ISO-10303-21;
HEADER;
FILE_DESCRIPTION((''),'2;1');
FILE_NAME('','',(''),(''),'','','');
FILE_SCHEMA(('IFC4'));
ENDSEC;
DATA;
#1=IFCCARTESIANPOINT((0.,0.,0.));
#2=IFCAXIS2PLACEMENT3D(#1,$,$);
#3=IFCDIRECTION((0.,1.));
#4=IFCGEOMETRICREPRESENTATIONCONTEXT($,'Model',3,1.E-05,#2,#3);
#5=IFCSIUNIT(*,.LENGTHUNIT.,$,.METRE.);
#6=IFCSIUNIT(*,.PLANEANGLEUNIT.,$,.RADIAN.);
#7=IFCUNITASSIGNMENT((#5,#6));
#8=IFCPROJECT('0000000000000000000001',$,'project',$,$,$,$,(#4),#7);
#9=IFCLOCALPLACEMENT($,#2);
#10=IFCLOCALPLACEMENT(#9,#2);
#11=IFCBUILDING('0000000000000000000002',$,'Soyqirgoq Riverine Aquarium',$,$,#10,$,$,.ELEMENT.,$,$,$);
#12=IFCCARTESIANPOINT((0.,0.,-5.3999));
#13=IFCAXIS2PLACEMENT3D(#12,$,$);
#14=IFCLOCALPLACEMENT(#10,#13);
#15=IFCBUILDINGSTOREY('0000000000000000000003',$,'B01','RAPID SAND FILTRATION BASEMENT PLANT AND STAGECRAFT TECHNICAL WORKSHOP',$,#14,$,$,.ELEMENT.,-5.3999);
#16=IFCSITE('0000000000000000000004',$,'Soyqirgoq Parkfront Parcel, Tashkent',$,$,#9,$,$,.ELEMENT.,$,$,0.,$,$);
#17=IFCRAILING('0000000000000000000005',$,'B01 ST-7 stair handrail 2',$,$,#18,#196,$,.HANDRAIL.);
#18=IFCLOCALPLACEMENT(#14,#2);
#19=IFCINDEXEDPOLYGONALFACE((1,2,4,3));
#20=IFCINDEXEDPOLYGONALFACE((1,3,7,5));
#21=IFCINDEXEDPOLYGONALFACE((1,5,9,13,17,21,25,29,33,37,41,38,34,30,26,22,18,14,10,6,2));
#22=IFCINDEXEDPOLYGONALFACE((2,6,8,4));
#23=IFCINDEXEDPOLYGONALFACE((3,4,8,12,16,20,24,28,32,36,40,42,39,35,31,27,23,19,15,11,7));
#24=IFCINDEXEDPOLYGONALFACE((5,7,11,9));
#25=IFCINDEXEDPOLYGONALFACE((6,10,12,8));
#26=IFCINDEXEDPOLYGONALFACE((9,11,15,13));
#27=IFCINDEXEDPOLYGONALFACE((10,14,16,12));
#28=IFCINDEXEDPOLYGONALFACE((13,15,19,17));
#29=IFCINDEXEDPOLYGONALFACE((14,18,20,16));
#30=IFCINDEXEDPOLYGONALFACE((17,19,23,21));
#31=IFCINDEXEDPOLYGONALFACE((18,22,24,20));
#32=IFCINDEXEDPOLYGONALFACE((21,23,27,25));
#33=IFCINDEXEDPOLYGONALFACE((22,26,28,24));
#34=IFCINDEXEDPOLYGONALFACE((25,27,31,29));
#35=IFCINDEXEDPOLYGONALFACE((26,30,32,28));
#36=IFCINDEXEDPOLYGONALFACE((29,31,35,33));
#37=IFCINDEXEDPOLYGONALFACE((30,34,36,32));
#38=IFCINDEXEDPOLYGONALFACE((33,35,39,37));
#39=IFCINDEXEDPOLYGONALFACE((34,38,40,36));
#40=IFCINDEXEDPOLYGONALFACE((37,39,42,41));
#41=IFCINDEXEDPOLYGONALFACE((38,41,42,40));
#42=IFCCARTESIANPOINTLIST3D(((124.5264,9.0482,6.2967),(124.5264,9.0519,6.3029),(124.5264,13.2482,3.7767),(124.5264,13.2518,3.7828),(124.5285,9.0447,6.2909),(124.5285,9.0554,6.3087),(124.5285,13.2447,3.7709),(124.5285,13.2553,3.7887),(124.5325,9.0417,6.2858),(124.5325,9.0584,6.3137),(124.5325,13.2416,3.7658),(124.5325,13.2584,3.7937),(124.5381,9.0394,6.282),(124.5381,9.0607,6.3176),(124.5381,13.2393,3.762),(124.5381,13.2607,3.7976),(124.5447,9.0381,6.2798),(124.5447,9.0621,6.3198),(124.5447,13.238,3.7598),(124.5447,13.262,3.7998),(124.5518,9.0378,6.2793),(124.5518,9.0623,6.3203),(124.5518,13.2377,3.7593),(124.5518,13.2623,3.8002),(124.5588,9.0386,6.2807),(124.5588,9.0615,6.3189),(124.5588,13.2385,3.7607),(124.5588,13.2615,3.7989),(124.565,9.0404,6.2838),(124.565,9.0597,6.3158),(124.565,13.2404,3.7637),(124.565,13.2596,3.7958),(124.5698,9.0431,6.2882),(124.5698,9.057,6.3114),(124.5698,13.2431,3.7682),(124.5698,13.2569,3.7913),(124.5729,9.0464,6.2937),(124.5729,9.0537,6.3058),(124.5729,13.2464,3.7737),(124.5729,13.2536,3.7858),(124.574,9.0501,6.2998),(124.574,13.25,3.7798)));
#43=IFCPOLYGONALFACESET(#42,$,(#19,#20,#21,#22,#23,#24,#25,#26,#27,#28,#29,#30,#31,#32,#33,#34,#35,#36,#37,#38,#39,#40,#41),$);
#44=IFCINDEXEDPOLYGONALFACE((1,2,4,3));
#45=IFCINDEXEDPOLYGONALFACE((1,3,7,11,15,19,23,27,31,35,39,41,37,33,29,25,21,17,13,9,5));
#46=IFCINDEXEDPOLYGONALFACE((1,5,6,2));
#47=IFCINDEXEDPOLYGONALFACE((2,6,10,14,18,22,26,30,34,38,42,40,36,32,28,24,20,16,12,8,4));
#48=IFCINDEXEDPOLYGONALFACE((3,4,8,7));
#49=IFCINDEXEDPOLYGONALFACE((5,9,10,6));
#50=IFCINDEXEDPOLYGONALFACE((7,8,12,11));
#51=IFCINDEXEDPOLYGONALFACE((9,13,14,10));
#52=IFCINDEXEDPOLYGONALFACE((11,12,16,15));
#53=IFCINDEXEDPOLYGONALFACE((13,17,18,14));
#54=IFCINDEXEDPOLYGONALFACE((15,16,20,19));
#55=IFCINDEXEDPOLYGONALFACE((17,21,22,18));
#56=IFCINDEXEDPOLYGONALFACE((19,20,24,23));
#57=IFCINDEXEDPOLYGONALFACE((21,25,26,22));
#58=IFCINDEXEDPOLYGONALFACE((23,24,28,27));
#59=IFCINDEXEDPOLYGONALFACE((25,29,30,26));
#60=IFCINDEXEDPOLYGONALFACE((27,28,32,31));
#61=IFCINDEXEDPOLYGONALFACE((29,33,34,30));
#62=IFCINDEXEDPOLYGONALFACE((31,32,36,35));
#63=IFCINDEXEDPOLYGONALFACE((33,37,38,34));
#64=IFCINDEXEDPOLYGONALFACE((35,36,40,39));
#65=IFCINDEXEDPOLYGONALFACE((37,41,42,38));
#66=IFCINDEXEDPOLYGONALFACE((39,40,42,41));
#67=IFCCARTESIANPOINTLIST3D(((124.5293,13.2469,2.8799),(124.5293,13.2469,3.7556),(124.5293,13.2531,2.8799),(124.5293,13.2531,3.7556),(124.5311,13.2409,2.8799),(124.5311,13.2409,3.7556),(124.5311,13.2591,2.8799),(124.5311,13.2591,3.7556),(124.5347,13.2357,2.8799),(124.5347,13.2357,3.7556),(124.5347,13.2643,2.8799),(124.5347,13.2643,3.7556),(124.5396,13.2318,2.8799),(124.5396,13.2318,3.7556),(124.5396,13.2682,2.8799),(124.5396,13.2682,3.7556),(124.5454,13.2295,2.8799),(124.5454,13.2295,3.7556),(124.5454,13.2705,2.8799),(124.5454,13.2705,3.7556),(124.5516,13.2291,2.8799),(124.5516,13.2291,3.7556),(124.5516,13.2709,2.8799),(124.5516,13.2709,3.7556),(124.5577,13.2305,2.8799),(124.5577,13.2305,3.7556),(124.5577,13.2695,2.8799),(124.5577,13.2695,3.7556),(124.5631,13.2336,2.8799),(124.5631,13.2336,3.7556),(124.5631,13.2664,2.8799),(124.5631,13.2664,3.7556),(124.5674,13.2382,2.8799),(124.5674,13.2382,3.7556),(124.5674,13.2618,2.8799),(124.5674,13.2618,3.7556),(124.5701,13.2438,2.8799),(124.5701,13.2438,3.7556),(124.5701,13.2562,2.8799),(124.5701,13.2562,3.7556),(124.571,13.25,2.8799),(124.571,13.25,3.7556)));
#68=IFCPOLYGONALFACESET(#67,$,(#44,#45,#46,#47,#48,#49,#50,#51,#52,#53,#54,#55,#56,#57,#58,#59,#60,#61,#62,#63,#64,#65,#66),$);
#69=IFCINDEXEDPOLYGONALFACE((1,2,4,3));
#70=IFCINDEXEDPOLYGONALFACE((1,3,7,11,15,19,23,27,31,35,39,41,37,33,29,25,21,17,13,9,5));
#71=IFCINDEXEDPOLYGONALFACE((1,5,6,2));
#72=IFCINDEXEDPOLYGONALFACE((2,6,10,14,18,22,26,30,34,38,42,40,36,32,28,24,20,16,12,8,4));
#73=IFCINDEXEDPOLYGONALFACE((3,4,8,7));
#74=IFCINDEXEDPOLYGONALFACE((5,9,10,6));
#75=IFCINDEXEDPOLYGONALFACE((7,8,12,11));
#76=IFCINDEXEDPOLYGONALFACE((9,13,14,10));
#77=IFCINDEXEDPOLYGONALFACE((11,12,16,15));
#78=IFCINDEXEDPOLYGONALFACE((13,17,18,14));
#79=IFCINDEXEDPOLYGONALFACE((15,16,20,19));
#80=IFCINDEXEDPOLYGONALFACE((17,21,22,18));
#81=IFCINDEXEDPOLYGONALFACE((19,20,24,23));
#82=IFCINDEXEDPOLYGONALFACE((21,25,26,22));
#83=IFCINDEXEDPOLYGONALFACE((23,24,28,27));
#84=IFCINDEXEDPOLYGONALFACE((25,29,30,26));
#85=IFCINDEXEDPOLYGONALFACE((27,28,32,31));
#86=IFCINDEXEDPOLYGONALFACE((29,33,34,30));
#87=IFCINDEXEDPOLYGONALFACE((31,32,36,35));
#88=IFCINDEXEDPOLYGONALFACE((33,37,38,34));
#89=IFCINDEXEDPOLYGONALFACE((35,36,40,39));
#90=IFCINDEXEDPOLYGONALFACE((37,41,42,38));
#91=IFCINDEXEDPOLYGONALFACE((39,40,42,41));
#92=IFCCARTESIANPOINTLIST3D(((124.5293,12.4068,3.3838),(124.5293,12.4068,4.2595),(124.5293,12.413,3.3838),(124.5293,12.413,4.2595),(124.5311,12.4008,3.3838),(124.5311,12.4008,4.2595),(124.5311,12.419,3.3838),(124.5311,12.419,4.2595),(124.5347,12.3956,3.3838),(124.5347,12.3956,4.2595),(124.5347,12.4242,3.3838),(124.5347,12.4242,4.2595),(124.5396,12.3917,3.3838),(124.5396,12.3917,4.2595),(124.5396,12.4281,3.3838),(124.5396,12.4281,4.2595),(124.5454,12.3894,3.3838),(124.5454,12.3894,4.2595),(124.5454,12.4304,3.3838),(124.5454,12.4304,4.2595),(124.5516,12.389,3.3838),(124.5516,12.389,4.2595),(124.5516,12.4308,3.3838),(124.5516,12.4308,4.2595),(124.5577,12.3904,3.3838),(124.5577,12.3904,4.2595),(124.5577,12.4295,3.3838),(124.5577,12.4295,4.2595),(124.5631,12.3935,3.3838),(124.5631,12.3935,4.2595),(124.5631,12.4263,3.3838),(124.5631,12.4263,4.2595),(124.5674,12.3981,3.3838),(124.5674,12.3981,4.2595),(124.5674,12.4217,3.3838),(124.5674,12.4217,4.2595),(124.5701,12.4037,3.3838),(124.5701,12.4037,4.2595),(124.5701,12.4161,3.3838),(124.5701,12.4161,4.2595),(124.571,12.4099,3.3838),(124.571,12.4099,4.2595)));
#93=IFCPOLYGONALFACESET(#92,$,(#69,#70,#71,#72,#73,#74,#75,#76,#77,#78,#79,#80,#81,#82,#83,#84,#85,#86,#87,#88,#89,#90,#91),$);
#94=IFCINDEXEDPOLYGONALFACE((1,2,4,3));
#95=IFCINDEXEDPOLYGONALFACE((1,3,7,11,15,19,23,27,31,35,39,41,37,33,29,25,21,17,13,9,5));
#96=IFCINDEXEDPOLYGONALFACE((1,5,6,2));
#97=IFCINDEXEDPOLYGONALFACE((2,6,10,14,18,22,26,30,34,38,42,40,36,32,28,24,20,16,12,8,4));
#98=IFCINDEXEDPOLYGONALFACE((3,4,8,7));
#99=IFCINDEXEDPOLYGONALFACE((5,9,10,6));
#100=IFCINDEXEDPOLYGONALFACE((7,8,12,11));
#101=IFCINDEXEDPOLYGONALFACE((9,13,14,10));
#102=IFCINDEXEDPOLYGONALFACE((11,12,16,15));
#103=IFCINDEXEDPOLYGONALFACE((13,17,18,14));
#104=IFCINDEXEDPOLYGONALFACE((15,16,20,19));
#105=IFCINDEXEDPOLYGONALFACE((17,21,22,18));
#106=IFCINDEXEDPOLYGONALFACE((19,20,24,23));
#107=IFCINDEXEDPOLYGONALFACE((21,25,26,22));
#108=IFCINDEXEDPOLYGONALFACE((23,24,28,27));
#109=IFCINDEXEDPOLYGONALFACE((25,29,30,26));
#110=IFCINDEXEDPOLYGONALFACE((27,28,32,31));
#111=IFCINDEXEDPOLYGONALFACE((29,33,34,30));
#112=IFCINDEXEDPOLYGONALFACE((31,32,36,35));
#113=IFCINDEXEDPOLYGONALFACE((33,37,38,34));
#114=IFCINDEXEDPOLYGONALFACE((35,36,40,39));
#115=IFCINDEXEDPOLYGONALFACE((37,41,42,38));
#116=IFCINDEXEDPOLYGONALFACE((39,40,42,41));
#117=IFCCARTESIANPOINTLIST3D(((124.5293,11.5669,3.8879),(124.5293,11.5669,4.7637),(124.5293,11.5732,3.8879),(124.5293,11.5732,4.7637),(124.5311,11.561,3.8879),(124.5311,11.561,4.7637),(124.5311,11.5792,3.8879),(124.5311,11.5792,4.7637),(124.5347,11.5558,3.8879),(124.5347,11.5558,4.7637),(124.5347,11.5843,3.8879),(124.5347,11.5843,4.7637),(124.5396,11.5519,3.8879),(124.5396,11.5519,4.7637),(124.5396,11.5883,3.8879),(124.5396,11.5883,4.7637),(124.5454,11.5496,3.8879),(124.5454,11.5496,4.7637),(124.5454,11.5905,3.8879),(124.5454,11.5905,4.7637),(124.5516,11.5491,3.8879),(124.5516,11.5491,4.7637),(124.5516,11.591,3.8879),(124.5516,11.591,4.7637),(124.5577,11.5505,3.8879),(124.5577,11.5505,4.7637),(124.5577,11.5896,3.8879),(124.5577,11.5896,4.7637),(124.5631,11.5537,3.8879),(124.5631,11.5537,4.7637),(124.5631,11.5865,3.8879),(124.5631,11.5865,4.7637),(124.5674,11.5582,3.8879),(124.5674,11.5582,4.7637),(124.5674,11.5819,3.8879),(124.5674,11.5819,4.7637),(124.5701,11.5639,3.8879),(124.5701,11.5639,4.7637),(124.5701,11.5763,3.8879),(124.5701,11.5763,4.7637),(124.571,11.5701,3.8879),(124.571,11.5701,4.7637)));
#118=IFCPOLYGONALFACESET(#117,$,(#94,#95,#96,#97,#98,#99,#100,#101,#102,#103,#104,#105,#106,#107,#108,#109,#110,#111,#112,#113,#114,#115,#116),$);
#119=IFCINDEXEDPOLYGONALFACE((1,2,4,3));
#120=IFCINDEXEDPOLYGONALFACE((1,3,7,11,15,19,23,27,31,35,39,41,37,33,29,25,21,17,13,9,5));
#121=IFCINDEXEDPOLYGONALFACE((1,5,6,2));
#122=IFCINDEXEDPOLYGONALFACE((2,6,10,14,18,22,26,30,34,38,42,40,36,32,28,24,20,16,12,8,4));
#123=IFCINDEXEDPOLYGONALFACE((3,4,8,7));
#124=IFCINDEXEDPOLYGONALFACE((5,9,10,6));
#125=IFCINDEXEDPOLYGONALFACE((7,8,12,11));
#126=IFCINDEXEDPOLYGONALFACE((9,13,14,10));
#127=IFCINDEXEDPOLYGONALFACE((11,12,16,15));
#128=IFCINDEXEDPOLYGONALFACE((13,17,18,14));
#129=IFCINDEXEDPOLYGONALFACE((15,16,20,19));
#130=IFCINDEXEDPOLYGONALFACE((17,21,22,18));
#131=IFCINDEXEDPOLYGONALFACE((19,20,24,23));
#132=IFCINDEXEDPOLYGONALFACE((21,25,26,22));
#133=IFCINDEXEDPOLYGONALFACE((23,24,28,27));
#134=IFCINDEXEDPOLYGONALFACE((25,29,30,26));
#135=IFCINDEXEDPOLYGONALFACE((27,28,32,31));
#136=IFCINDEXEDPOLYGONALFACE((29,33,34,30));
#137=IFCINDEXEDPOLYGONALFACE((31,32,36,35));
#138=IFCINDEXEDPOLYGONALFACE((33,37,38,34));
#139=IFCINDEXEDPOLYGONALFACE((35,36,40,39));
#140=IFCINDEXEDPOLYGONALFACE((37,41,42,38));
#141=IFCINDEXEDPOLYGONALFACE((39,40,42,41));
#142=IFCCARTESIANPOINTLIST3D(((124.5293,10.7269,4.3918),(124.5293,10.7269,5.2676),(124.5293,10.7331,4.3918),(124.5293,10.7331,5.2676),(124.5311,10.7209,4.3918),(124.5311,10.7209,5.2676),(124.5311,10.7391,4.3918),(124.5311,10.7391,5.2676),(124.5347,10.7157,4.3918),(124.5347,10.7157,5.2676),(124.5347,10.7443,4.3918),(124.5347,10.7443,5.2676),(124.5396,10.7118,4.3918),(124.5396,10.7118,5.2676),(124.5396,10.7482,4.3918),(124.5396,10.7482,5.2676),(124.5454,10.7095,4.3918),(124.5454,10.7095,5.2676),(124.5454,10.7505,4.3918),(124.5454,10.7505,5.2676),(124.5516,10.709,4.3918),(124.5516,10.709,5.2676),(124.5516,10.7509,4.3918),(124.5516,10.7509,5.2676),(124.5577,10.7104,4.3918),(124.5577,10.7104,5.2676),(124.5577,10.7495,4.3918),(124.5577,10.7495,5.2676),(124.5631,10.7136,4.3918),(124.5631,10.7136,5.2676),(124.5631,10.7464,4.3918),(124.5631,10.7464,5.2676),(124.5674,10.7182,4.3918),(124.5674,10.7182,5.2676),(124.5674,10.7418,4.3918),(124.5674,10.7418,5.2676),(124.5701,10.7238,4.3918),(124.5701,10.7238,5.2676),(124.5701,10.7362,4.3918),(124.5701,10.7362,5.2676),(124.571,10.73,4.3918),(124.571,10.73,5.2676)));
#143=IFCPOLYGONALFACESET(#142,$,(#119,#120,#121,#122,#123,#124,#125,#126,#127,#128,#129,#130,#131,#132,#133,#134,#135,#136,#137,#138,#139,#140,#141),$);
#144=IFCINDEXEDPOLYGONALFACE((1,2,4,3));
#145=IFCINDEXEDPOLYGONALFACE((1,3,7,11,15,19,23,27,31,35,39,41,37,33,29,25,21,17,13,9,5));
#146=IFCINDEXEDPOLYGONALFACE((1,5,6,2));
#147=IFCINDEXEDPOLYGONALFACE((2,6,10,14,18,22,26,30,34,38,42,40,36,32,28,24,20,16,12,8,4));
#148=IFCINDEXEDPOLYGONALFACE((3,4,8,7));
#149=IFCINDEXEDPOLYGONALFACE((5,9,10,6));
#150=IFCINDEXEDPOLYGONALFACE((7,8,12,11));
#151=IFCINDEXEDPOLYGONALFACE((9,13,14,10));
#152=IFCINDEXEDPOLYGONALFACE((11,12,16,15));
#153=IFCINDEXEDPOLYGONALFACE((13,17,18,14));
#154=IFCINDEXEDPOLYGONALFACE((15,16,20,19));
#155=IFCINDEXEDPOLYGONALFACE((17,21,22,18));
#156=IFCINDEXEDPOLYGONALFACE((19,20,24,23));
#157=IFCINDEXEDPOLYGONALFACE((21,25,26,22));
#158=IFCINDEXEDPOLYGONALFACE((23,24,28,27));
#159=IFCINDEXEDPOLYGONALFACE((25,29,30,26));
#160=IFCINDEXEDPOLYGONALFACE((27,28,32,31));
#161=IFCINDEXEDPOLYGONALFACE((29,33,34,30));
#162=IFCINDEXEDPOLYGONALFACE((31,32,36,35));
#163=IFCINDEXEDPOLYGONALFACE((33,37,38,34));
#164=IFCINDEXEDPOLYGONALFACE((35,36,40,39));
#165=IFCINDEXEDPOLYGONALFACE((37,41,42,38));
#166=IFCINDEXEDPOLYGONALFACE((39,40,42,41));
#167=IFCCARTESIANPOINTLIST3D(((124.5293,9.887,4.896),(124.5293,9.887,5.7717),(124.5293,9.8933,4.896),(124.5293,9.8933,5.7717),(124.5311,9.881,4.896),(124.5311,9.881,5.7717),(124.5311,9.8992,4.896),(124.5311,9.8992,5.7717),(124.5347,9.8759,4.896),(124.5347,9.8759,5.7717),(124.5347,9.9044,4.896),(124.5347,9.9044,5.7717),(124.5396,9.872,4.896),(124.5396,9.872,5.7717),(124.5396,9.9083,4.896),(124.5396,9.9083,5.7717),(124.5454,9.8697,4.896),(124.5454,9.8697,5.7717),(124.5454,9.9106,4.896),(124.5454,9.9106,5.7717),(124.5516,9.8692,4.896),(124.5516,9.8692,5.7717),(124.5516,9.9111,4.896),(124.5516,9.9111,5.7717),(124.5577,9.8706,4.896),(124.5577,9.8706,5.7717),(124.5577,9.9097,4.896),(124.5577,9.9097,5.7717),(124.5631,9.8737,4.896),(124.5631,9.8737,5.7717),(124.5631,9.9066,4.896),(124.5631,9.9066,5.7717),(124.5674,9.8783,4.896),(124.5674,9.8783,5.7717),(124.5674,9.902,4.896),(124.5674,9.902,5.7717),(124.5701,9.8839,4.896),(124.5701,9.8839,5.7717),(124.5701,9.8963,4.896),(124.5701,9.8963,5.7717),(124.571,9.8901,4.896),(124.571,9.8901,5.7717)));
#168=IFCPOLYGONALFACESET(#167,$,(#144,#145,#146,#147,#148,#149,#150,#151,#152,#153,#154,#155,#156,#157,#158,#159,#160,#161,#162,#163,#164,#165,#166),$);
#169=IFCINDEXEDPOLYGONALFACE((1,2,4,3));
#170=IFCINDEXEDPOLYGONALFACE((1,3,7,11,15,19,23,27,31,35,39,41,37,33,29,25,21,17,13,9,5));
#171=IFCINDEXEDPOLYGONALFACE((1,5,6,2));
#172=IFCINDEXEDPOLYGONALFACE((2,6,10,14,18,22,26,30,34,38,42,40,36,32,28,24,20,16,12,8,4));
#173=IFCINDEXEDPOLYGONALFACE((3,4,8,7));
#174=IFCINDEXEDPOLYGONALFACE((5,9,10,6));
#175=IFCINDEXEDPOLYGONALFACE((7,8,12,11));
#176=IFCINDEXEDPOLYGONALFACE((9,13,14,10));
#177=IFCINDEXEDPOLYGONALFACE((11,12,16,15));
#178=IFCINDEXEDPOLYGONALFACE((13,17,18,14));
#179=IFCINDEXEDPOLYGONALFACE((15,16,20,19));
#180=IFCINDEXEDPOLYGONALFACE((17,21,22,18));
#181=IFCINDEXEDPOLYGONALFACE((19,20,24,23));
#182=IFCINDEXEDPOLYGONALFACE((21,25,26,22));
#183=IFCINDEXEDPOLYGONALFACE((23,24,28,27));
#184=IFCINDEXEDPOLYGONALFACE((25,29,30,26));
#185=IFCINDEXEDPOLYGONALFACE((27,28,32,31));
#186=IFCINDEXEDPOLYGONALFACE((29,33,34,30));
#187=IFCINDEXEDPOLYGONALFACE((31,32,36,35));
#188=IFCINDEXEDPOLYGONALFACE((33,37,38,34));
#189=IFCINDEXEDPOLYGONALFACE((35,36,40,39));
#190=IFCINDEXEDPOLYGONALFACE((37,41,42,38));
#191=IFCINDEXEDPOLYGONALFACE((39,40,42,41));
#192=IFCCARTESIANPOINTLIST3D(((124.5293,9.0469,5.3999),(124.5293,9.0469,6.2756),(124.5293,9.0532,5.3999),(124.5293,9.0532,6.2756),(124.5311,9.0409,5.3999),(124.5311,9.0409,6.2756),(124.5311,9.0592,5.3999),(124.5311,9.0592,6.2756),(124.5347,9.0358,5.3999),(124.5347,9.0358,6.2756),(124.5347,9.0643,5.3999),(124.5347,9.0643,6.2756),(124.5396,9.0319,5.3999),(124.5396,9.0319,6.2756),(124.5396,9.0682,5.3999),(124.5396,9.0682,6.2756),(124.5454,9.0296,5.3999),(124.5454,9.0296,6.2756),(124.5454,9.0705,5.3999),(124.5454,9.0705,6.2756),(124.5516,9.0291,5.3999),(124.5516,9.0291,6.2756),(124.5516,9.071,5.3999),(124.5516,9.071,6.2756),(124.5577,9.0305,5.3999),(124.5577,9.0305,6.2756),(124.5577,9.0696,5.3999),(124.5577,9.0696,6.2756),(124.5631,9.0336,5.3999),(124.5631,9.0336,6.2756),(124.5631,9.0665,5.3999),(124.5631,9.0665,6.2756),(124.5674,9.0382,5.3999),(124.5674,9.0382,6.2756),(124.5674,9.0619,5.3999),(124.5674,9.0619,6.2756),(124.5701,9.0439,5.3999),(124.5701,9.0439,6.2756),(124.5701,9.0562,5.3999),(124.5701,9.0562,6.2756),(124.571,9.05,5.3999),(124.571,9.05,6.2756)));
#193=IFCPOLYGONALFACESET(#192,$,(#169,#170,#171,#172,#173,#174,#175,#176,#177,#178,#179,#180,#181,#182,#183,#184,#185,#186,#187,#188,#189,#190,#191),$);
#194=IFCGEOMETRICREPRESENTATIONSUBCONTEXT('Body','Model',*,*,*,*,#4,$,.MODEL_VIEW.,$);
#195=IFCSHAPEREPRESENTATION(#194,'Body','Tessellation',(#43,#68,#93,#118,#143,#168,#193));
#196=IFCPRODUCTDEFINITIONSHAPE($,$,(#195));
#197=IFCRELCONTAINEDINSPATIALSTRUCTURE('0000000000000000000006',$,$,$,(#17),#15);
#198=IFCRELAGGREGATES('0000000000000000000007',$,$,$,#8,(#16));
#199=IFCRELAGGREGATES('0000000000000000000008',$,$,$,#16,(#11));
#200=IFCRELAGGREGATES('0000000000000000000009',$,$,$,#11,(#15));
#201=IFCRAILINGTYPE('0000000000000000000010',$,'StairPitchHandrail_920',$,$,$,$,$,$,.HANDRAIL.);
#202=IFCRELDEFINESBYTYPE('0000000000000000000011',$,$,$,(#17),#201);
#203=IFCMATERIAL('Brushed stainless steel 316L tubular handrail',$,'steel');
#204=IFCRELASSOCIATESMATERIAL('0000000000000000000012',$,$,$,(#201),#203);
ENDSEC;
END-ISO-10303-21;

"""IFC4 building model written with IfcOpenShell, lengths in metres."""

from ifc_helpers import new_model, si_unit, direction, frame, origin, origin_2d, place, context, subcontext, project, spatial, circle, extrude, material, type_object, element, save


model = new_model("IFC4")

# Units and contexts
model_context = context("Model", 3, precision=1e-05, world=origin(), true_north=direction((0.0, 1.0)))
body_context = subcontext(model_context, "Body", "Model", "MODEL_VIEW")
ifc_project = project(units=[si_unit("LENGTHUNIT", "METRE"), si_unit("PLANEANGLEUNIT", "RADIAN")], contexts=[model_context])

# Site, building, storey
site_placement = place(None, origin())
site = spatial("IfcSite", under=ifc_project, at=site_placement, Name="Soyqirgoq Parkfront Parcel, Tashkent", CompositionType="ELEMENT", RefElevation=0.0)
building_placement = place(site_placement, origin())
building = spatial("IfcBuilding", under=site, at=building_placement, Name="Soyqirgoq Riverine Aquarium", CompositionType="ELEMENT")
storey_placement = place(building_placement, frame((0.0, 0.0, -5.3999)))
storey = spatial("IfcBuildingStorey", under=building, at=storey_placement, Name="B01", Description="RAPID SAND FILTRATION BASEMENT PLANT AND STAGECRAFT TECHNICAL WORKSHOP", CompositionType="ELEMENT", Elevation=-5.3999)

# Railing
ifc_material_1 = material(Name="Brushed stainless steel 316L tubular handrail", Category="steel")
railing_type_1 = type_object("IfcRailingType", Name="StairPitchHandrail_920", PredefinedType="HANDRAIL", material=ifc_material_1)
railing_1_placement = place(storey_placement, frame((124.55, 13.25, 2.8799)))
element("IfcRailing", 1, at=railing_1_placement, inside=storey, type_object=railing_type_1, Name="B01 ST-7 stair handrail 2", PredefinedType="HANDRAIL", context=body_context, shape_type="SweptSolid", body=[
    extrude(circle(Radius=0.0239, at=origin_2d()), frame((0.0, 0.0, 0.8999), z_axis=(0.0, -0.857489, 0.514503), x_axis=(1.0, 0.0, 0.0)), (0.0, 0.0, 1.0), 4.8979),
    extrude(circle(Radius=0.021, at=origin_2d()), origin(), (0.0, 0.0, 1.0), 0.8757),
    extrude(circle(Radius=0.021, at=origin_2d()), frame((0.0, -0.8401, 0.5039)), (0.0, 0.0, 1.0), 0.8757),
    extrude(circle(Radius=0.021, at=origin_2d()), frame((0.0, -1.6799, 1.0081)), (0.0, 0.0, 1.0), 0.8757),
    extrude(circle(Radius=0.021, at=origin_2d()), frame((0.0, -2.52, 1.512)), (0.0, 0.0, 1.0), 0.8757),
    extrude(circle(Radius=0.021, at=origin_2d()), frame((0.0, -3.3599, 2.0161)), (0.0, 0.0, 1.0), 0.8757),
    extrude(circle(Radius=0.021, at=origin_2d()), frame((0.0, -4.2, 2.52)), (0.0, 0.0, 1.0), 0.8757),
])

save(model, "model.ifc")
